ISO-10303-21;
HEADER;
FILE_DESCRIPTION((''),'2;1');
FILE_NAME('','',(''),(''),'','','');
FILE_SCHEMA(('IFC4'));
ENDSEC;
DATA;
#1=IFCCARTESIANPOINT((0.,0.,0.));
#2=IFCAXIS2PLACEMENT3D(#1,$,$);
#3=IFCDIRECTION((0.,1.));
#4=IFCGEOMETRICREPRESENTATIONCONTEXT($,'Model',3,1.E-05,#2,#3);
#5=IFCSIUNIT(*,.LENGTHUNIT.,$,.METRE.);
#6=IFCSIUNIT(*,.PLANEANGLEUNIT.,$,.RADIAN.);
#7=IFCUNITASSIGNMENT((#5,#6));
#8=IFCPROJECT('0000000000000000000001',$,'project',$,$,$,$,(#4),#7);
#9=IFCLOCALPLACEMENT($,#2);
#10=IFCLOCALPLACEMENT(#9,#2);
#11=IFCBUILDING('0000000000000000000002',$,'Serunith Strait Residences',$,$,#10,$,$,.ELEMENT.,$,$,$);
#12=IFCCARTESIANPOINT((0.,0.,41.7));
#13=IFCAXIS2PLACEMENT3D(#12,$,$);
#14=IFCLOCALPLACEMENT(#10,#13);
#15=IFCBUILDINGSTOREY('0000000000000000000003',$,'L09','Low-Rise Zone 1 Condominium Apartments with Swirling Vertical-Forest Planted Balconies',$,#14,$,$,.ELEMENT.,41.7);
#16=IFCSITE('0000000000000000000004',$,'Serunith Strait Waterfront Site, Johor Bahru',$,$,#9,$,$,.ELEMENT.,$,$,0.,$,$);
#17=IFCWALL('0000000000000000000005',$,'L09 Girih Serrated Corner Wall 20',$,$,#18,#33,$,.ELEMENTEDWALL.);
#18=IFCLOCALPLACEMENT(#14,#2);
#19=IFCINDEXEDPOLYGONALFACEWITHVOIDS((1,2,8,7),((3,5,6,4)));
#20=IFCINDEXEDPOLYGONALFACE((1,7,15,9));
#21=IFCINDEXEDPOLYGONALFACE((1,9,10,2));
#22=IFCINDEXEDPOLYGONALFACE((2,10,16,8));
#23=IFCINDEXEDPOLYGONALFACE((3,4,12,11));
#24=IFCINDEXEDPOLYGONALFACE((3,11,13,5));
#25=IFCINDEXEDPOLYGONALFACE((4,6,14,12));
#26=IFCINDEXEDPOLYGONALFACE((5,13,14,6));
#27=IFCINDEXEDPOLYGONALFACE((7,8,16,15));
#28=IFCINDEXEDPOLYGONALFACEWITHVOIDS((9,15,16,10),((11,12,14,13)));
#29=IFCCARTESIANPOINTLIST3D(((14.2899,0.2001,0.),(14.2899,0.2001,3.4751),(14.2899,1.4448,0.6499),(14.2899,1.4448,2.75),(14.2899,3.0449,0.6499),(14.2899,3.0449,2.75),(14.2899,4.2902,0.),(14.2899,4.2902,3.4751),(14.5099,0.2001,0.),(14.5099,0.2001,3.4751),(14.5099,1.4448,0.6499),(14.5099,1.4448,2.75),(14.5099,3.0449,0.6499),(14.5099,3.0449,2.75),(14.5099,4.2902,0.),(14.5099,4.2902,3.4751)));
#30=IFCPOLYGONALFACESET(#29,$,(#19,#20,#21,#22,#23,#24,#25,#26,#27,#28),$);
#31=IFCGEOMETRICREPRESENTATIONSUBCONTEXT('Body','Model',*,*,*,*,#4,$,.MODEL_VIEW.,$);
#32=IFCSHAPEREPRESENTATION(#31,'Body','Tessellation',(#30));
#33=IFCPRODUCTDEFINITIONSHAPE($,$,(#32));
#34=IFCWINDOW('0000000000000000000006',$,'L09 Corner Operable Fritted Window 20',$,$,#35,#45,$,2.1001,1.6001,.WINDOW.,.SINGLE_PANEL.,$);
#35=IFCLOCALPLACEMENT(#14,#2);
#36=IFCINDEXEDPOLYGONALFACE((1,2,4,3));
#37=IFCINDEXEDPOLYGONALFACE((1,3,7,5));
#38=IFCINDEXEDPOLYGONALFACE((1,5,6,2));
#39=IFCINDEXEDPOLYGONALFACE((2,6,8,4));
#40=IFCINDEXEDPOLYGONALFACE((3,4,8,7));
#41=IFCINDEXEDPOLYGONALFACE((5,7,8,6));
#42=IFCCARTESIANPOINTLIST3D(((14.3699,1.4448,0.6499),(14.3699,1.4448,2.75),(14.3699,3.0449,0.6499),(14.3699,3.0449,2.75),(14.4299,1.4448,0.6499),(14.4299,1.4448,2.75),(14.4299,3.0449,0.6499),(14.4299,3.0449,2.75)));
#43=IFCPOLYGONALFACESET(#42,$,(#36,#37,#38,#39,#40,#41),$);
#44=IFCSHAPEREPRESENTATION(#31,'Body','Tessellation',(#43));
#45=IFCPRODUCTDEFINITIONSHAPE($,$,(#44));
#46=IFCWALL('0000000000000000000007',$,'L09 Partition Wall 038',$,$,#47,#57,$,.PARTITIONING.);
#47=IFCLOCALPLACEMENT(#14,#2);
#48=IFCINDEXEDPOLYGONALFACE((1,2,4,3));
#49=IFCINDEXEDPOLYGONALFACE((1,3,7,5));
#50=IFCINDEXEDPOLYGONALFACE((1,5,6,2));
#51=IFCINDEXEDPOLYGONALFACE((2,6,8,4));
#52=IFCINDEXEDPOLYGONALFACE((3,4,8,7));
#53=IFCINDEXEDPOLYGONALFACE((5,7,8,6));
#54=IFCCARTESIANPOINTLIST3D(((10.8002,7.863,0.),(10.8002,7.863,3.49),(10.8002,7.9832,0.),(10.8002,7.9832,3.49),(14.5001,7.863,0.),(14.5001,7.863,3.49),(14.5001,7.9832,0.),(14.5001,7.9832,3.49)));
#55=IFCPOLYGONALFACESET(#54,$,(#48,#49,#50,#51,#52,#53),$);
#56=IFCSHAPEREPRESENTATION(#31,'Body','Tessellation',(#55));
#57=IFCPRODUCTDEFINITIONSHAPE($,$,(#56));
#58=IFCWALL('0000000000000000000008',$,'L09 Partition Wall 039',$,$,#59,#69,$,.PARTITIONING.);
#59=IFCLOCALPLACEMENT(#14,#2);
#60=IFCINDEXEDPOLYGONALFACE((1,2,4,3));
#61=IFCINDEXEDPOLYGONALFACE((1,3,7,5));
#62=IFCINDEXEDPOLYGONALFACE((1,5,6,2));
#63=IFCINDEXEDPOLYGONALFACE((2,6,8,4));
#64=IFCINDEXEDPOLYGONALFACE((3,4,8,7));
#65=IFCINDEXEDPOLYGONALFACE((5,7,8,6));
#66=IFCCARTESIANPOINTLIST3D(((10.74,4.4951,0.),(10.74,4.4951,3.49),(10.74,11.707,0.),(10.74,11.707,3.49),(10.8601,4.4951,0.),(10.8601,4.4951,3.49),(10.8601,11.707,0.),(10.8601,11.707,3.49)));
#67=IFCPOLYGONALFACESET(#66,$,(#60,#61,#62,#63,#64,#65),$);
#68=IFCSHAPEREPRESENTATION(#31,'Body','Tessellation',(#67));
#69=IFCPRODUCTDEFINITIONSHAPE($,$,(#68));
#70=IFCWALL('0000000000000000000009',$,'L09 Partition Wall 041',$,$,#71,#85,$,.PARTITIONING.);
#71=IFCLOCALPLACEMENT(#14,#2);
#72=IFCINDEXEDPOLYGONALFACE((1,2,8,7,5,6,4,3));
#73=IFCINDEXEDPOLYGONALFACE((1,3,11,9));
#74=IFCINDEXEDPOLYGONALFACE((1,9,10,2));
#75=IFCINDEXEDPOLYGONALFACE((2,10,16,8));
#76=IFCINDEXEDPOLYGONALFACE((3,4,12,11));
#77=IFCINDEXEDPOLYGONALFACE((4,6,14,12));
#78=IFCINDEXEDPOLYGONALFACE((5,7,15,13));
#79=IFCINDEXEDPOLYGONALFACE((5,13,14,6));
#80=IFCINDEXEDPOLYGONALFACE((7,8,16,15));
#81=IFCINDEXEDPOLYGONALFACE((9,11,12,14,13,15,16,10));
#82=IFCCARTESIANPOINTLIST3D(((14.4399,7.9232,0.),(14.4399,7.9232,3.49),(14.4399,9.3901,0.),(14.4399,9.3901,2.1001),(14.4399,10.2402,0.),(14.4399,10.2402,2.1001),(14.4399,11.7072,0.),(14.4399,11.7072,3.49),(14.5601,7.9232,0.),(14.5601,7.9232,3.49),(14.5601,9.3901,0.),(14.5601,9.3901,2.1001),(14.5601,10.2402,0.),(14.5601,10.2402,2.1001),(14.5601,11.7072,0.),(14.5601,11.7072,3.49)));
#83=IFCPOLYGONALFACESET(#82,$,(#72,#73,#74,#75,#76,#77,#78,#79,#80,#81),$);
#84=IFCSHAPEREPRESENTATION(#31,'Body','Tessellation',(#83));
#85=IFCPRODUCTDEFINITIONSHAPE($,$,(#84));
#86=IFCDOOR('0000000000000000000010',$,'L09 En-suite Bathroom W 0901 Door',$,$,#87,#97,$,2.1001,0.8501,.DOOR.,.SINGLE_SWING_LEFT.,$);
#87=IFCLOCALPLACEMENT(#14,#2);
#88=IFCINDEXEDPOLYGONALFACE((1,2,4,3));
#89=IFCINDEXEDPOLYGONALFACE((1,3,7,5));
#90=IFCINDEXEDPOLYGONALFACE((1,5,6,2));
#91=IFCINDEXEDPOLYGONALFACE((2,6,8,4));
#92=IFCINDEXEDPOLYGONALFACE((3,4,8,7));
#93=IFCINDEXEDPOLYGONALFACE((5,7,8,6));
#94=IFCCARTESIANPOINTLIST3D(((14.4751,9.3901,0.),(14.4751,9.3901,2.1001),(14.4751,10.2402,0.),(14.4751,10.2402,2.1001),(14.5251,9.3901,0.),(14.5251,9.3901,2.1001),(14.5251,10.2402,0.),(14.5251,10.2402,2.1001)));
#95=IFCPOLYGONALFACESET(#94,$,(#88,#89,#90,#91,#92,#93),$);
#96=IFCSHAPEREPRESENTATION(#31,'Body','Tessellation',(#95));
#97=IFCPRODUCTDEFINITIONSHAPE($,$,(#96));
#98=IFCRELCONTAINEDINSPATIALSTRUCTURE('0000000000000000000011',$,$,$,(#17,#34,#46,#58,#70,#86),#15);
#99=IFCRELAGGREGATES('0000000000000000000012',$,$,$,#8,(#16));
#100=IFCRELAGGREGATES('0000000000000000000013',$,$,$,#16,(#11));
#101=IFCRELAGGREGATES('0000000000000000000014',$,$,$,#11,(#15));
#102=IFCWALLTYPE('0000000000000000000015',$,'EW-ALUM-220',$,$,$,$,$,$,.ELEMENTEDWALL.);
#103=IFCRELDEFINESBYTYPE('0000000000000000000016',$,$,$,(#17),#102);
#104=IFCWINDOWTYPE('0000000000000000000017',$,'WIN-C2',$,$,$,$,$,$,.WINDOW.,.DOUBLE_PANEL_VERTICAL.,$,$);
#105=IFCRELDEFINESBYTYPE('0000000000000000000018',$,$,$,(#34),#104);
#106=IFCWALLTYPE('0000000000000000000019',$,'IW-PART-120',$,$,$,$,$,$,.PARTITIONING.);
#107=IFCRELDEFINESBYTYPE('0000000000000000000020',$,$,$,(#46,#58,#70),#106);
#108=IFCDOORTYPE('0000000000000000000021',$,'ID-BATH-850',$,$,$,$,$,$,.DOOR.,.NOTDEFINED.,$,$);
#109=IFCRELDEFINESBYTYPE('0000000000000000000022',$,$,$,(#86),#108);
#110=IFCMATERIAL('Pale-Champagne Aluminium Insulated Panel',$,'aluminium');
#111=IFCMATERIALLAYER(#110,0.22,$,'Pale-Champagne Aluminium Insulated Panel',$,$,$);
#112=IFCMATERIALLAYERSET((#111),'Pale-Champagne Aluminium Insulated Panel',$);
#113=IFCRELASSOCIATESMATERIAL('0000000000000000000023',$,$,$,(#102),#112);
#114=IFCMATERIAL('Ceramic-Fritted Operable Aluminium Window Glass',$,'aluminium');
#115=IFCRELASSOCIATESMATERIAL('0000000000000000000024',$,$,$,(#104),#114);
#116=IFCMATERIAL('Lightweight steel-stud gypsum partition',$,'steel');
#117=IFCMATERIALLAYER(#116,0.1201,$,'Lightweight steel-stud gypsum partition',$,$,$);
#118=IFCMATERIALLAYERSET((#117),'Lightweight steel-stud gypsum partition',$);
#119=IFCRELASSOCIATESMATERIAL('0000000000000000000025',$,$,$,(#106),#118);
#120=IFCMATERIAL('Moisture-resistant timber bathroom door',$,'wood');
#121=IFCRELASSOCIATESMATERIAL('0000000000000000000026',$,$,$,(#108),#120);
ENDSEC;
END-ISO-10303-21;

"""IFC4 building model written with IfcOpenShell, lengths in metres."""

from ifc_helpers import new_model, si_unit, direction, frame, frame_2d, origin, place, context, subcontext, project, spatial, rectangle, extrude, source, transform, mapped, material, layer, layer_set, type_object, element, fill, save


model = new_model("IFC4")

# Units and contexts
model_context = context("Model", 3, precision=1e-05, world=origin(), true_north=direction((0.0, 1.0)))
body_context = subcontext(model_context, "Body", "Model", "MODEL_VIEW")
ifc_project = project(units=[si_unit("LENGTHUNIT", "METRE"), si_unit("PLANEANGLEUNIT", "RADIAN")], contexts=[model_context])

# Site, building, storey
site_placement = place(None, origin())
site = spatial("IfcSite", under=ifc_project, at=site_placement, Name="Serunith Strait Waterfront Site, Johor Bahru", CompositionType="ELEMENT", RefElevation=0.0)
building_placement = place(site_placement, origin())
building = spatial("IfcBuilding", under=site, at=building_placement, Name="Serunith Strait Residences", CompositionType="ELEMENT")
storey_placement = place(building_placement, frame((0.0, 0.0, 41.7)))
storey = spatial("IfcBuildingStorey", under=building, at=storey_placement, Name="L09", Description="Low-Rise Zone 1 Condominium Apartments with Swirling Vertical-Forest Planted Balconies", CompositionType="ELEMENT", Elevation=41.7)

# Wall, opening, window
ifc_material_1 = material(Name="Pale-Champagne Aluminium Insulated Panel", Category="aluminium")
ifc_layer_1 = layer(ifc_material_1, 0.22, Name="Pale-Champagne Aluminium Insulated Panel")
ifc_layer_set_1 = layer_set([ifc_layer_1], Name="Pale-Champagne Aluminium Insulated Panel")
wall_type_1 = type_object("IfcWallType", Name="EW-ALUM-220", PredefinedType="ELEMENTEDWALL", material=ifc_layer_set_1)
ifc_material_2 = material(Name="Ceramic-Fritted Operable Aluminium Window Glass", Category="aluminium")
window_type = type_object("IfcWindowType", Name="WIN-C2", PartitioningType="DOUBLE_PANEL_VERTICAL", PredefinedType="WINDOW", material=ifc_material_2)
shared_shape_1 = source(origin(), body_context, "Body", "SweptSolid", [
    extrude(rectangle(XDim=1.6001, YDim=2.1001, at=frame_2d((0.8, 1.05))), frame((0.0, 0.03, 0.0), z_axis=(0.0, -1.0, 0.0), x_axis=(1.0, 0.0, 0.0)), (0.0, 0.0, 1.0), 0.0601),
])
wall_1_placement = place(storey_placement, frame((14.3999, 4.29, 0.0), z_axis=(0.0, 0.0, 1.0), x_axis=(0.0, -1.0, 0.0)))
wall_1 = element("IfcWall", 1, at=wall_1_placement, inside=storey, type_object=wall_type_1, Name="L09 Girih Serrated Corner Wall 20", PredefinedType="ELEMENTEDWALL", context=body_context, shape_type="SweptSolid", body=[
    extrude(rectangle(XDim=4.0901, YDim=0.22, at=frame_2d((2.0449, 0.0))), origin(), (0.0, 0.0, 1.0), 3.4751),
])
opening_1_placement = place(wall_1_placement, frame((1.2451, 0.0, 0.6499)))
opening_1 = element("IfcOpeningElement", 2, at=opening_1_placement, cuts=wall_1, PredefinedType="OPENING", context=body_context, shape_type="SweptSolid", body=[
    extrude(rectangle(XDim=1.6001, YDim=2.1001, at=frame_2d((0.8, 1.05))), frame((0.0, 0.1201, 0.0), z_axis=(0.0, -1.0, 0.0), x_axis=(1.0, 0.0, 0.0)), (0.0, 0.0, 1.0), 0.24),
])
window_1_placement = place(opening_1_placement, origin())
window_1 = element("IfcWindow", 3, at=window_1_placement, inside=storey, type_object=window_type, Name="L09 Corner Operable Fritted Window 20", OverallHeight=2.1001, OverallWidth=1.6001, PartitioningType="SINGLE_PANEL", PredefinedType="WINDOW", context=body_context, shape_type="MappedRepresentation", body=[
    mapped(shared_shape_1, transform((0.0, 0.0, 0.0), scale=1.0)),
])
fill(opening_1, window_1)

# Walls
ifc_material_3 = material(Name="Lightweight steel-stud gypsum partition", Category="steel")
ifc_layer_2 = layer(ifc_material_3, 0.1201, Name="Lightweight steel-stud gypsum partition")
ifc_layer_set_2 = layer_set([ifc_layer_2], Name="Lightweight steel-stud gypsum partition")
wall_type_2 = type_object("IfcWallType", Name="IW-PART-120", PredefinedType="PARTITIONING", material=ifc_layer_set_2)
wall_2_placement = place(storey_placement, frame((10.8, 7.9231, 0.0), z_axis=(0.0, 0.0, 1.0), x_axis=(1.0, 0.0, 0.0)))
element("IfcWall", 4, at=wall_2_placement, inside=storey, type_object=wall_type_2, Name="L09 Partition Wall 038", PredefinedType="PARTITIONING", context=body_context, shape_type="SweptSolid", body=[
    extrude(rectangle(XDim=3.7, YDim=0.1201, at=frame_2d((1.8501, 0.0))), origin(), (0.0, 0.0, 1.0), 3.49),
])
wall_3_placement = place(storey_placement, frame((10.8, 4.4951, 0.0), z_axis=(0.0, 0.0, 1.0), x_axis=(0.0, 1.0, 0.0)))
element("IfcWall", 5, at=wall_3_placement, inside=storey, type_object=wall_type_2, Name="L09 Partition Wall 039", PredefinedType="PARTITIONING", context=body_context, shape_type="SweptSolid", body=[
    extrude(rectangle(XDim=7.2119, YDim=0.1201, at=frame_2d((3.606, 0.0))), origin(), (0.0, 0.0, 1.0), 3.49),
])

# Wall, opening, door
wall_4_placement = place(storey_placement, frame((14.5, 7.9231, 0.0), z_axis=(0.0, 0.0, 1.0), x_axis=(0.0, 1.0, 0.0)))
wall_4 = element("IfcWall", 6, at=wall_4_placement, inside=storey, type_object=wall_type_2, Name="L09 Partition Wall 041", PredefinedType="PARTITIONING", context=body_context, shape_type="SweptSolid", body=[
    extrude(rectangle(XDim=3.7839, YDim=0.1201, at=frame_2d((1.8921, 0.0))), origin(), (0.0, 0.0, 1.0), 3.49),
])
opening_2_placement = place(wall_4_placement, frame((1.467, 0.0, 0.0)))
opening_2 = element("IfcOpeningElement", 7, at=opening_2_placement, cuts=wall_4, PredefinedType="OPENING", context=body_context, shape_type="SweptSolid", body=[
    extrude(rectangle(XDim=0.8501, YDim=2.1001, at=frame_2d((0.425, 1.05))), frame((0.0, 0.0701, 0.0), z_axis=(0.0, -1.0, 0.0), x_axis=(1.0, 0.0, 0.0)), (0.0, 0.0, 1.0), 0.1401),
])
ifc_material_4 = material(Name="Moisture-resistant timber bathroom door", Category="wood")
door_type = type_object("IfcDoorType", Name="ID-BATH-850", OperationType="NOTDEFINED", PredefinedType="DOOR", material=ifc_material_4)
shared_shape_2 = source(origin(), body_context, "Body", "SweptSolid", [
    extrude(rectangle(XDim=0.8501, YDim=2.1001, at=frame_2d((0.425, 1.05))), frame((0.0, 0.0249, 0.0), z_axis=(0.0, -1.0, 0.0), x_axis=(1.0, 0.0, 0.0)), (0.0, 0.0, 1.0), 0.05),
])
door_placement = place(opening_2_placement, origin())
door = element("IfcDoor", 8, at=door_placement, inside=storey, type_object=door_type, Name="L09 En-suite Bathroom W 0901 Door", OperationType="SINGLE_SWING_LEFT", OverallHeight=2.1001, OverallWidth=0.8501, PredefinedType="DOOR", context=body_context, shape_type="MappedRepresentation", body=[
    mapped(shared_shape_2, transform((0.0, 0.0, 0.0), scale=1.0)),
])
fill(opening_2, door)

save(model, "model.ifc")
